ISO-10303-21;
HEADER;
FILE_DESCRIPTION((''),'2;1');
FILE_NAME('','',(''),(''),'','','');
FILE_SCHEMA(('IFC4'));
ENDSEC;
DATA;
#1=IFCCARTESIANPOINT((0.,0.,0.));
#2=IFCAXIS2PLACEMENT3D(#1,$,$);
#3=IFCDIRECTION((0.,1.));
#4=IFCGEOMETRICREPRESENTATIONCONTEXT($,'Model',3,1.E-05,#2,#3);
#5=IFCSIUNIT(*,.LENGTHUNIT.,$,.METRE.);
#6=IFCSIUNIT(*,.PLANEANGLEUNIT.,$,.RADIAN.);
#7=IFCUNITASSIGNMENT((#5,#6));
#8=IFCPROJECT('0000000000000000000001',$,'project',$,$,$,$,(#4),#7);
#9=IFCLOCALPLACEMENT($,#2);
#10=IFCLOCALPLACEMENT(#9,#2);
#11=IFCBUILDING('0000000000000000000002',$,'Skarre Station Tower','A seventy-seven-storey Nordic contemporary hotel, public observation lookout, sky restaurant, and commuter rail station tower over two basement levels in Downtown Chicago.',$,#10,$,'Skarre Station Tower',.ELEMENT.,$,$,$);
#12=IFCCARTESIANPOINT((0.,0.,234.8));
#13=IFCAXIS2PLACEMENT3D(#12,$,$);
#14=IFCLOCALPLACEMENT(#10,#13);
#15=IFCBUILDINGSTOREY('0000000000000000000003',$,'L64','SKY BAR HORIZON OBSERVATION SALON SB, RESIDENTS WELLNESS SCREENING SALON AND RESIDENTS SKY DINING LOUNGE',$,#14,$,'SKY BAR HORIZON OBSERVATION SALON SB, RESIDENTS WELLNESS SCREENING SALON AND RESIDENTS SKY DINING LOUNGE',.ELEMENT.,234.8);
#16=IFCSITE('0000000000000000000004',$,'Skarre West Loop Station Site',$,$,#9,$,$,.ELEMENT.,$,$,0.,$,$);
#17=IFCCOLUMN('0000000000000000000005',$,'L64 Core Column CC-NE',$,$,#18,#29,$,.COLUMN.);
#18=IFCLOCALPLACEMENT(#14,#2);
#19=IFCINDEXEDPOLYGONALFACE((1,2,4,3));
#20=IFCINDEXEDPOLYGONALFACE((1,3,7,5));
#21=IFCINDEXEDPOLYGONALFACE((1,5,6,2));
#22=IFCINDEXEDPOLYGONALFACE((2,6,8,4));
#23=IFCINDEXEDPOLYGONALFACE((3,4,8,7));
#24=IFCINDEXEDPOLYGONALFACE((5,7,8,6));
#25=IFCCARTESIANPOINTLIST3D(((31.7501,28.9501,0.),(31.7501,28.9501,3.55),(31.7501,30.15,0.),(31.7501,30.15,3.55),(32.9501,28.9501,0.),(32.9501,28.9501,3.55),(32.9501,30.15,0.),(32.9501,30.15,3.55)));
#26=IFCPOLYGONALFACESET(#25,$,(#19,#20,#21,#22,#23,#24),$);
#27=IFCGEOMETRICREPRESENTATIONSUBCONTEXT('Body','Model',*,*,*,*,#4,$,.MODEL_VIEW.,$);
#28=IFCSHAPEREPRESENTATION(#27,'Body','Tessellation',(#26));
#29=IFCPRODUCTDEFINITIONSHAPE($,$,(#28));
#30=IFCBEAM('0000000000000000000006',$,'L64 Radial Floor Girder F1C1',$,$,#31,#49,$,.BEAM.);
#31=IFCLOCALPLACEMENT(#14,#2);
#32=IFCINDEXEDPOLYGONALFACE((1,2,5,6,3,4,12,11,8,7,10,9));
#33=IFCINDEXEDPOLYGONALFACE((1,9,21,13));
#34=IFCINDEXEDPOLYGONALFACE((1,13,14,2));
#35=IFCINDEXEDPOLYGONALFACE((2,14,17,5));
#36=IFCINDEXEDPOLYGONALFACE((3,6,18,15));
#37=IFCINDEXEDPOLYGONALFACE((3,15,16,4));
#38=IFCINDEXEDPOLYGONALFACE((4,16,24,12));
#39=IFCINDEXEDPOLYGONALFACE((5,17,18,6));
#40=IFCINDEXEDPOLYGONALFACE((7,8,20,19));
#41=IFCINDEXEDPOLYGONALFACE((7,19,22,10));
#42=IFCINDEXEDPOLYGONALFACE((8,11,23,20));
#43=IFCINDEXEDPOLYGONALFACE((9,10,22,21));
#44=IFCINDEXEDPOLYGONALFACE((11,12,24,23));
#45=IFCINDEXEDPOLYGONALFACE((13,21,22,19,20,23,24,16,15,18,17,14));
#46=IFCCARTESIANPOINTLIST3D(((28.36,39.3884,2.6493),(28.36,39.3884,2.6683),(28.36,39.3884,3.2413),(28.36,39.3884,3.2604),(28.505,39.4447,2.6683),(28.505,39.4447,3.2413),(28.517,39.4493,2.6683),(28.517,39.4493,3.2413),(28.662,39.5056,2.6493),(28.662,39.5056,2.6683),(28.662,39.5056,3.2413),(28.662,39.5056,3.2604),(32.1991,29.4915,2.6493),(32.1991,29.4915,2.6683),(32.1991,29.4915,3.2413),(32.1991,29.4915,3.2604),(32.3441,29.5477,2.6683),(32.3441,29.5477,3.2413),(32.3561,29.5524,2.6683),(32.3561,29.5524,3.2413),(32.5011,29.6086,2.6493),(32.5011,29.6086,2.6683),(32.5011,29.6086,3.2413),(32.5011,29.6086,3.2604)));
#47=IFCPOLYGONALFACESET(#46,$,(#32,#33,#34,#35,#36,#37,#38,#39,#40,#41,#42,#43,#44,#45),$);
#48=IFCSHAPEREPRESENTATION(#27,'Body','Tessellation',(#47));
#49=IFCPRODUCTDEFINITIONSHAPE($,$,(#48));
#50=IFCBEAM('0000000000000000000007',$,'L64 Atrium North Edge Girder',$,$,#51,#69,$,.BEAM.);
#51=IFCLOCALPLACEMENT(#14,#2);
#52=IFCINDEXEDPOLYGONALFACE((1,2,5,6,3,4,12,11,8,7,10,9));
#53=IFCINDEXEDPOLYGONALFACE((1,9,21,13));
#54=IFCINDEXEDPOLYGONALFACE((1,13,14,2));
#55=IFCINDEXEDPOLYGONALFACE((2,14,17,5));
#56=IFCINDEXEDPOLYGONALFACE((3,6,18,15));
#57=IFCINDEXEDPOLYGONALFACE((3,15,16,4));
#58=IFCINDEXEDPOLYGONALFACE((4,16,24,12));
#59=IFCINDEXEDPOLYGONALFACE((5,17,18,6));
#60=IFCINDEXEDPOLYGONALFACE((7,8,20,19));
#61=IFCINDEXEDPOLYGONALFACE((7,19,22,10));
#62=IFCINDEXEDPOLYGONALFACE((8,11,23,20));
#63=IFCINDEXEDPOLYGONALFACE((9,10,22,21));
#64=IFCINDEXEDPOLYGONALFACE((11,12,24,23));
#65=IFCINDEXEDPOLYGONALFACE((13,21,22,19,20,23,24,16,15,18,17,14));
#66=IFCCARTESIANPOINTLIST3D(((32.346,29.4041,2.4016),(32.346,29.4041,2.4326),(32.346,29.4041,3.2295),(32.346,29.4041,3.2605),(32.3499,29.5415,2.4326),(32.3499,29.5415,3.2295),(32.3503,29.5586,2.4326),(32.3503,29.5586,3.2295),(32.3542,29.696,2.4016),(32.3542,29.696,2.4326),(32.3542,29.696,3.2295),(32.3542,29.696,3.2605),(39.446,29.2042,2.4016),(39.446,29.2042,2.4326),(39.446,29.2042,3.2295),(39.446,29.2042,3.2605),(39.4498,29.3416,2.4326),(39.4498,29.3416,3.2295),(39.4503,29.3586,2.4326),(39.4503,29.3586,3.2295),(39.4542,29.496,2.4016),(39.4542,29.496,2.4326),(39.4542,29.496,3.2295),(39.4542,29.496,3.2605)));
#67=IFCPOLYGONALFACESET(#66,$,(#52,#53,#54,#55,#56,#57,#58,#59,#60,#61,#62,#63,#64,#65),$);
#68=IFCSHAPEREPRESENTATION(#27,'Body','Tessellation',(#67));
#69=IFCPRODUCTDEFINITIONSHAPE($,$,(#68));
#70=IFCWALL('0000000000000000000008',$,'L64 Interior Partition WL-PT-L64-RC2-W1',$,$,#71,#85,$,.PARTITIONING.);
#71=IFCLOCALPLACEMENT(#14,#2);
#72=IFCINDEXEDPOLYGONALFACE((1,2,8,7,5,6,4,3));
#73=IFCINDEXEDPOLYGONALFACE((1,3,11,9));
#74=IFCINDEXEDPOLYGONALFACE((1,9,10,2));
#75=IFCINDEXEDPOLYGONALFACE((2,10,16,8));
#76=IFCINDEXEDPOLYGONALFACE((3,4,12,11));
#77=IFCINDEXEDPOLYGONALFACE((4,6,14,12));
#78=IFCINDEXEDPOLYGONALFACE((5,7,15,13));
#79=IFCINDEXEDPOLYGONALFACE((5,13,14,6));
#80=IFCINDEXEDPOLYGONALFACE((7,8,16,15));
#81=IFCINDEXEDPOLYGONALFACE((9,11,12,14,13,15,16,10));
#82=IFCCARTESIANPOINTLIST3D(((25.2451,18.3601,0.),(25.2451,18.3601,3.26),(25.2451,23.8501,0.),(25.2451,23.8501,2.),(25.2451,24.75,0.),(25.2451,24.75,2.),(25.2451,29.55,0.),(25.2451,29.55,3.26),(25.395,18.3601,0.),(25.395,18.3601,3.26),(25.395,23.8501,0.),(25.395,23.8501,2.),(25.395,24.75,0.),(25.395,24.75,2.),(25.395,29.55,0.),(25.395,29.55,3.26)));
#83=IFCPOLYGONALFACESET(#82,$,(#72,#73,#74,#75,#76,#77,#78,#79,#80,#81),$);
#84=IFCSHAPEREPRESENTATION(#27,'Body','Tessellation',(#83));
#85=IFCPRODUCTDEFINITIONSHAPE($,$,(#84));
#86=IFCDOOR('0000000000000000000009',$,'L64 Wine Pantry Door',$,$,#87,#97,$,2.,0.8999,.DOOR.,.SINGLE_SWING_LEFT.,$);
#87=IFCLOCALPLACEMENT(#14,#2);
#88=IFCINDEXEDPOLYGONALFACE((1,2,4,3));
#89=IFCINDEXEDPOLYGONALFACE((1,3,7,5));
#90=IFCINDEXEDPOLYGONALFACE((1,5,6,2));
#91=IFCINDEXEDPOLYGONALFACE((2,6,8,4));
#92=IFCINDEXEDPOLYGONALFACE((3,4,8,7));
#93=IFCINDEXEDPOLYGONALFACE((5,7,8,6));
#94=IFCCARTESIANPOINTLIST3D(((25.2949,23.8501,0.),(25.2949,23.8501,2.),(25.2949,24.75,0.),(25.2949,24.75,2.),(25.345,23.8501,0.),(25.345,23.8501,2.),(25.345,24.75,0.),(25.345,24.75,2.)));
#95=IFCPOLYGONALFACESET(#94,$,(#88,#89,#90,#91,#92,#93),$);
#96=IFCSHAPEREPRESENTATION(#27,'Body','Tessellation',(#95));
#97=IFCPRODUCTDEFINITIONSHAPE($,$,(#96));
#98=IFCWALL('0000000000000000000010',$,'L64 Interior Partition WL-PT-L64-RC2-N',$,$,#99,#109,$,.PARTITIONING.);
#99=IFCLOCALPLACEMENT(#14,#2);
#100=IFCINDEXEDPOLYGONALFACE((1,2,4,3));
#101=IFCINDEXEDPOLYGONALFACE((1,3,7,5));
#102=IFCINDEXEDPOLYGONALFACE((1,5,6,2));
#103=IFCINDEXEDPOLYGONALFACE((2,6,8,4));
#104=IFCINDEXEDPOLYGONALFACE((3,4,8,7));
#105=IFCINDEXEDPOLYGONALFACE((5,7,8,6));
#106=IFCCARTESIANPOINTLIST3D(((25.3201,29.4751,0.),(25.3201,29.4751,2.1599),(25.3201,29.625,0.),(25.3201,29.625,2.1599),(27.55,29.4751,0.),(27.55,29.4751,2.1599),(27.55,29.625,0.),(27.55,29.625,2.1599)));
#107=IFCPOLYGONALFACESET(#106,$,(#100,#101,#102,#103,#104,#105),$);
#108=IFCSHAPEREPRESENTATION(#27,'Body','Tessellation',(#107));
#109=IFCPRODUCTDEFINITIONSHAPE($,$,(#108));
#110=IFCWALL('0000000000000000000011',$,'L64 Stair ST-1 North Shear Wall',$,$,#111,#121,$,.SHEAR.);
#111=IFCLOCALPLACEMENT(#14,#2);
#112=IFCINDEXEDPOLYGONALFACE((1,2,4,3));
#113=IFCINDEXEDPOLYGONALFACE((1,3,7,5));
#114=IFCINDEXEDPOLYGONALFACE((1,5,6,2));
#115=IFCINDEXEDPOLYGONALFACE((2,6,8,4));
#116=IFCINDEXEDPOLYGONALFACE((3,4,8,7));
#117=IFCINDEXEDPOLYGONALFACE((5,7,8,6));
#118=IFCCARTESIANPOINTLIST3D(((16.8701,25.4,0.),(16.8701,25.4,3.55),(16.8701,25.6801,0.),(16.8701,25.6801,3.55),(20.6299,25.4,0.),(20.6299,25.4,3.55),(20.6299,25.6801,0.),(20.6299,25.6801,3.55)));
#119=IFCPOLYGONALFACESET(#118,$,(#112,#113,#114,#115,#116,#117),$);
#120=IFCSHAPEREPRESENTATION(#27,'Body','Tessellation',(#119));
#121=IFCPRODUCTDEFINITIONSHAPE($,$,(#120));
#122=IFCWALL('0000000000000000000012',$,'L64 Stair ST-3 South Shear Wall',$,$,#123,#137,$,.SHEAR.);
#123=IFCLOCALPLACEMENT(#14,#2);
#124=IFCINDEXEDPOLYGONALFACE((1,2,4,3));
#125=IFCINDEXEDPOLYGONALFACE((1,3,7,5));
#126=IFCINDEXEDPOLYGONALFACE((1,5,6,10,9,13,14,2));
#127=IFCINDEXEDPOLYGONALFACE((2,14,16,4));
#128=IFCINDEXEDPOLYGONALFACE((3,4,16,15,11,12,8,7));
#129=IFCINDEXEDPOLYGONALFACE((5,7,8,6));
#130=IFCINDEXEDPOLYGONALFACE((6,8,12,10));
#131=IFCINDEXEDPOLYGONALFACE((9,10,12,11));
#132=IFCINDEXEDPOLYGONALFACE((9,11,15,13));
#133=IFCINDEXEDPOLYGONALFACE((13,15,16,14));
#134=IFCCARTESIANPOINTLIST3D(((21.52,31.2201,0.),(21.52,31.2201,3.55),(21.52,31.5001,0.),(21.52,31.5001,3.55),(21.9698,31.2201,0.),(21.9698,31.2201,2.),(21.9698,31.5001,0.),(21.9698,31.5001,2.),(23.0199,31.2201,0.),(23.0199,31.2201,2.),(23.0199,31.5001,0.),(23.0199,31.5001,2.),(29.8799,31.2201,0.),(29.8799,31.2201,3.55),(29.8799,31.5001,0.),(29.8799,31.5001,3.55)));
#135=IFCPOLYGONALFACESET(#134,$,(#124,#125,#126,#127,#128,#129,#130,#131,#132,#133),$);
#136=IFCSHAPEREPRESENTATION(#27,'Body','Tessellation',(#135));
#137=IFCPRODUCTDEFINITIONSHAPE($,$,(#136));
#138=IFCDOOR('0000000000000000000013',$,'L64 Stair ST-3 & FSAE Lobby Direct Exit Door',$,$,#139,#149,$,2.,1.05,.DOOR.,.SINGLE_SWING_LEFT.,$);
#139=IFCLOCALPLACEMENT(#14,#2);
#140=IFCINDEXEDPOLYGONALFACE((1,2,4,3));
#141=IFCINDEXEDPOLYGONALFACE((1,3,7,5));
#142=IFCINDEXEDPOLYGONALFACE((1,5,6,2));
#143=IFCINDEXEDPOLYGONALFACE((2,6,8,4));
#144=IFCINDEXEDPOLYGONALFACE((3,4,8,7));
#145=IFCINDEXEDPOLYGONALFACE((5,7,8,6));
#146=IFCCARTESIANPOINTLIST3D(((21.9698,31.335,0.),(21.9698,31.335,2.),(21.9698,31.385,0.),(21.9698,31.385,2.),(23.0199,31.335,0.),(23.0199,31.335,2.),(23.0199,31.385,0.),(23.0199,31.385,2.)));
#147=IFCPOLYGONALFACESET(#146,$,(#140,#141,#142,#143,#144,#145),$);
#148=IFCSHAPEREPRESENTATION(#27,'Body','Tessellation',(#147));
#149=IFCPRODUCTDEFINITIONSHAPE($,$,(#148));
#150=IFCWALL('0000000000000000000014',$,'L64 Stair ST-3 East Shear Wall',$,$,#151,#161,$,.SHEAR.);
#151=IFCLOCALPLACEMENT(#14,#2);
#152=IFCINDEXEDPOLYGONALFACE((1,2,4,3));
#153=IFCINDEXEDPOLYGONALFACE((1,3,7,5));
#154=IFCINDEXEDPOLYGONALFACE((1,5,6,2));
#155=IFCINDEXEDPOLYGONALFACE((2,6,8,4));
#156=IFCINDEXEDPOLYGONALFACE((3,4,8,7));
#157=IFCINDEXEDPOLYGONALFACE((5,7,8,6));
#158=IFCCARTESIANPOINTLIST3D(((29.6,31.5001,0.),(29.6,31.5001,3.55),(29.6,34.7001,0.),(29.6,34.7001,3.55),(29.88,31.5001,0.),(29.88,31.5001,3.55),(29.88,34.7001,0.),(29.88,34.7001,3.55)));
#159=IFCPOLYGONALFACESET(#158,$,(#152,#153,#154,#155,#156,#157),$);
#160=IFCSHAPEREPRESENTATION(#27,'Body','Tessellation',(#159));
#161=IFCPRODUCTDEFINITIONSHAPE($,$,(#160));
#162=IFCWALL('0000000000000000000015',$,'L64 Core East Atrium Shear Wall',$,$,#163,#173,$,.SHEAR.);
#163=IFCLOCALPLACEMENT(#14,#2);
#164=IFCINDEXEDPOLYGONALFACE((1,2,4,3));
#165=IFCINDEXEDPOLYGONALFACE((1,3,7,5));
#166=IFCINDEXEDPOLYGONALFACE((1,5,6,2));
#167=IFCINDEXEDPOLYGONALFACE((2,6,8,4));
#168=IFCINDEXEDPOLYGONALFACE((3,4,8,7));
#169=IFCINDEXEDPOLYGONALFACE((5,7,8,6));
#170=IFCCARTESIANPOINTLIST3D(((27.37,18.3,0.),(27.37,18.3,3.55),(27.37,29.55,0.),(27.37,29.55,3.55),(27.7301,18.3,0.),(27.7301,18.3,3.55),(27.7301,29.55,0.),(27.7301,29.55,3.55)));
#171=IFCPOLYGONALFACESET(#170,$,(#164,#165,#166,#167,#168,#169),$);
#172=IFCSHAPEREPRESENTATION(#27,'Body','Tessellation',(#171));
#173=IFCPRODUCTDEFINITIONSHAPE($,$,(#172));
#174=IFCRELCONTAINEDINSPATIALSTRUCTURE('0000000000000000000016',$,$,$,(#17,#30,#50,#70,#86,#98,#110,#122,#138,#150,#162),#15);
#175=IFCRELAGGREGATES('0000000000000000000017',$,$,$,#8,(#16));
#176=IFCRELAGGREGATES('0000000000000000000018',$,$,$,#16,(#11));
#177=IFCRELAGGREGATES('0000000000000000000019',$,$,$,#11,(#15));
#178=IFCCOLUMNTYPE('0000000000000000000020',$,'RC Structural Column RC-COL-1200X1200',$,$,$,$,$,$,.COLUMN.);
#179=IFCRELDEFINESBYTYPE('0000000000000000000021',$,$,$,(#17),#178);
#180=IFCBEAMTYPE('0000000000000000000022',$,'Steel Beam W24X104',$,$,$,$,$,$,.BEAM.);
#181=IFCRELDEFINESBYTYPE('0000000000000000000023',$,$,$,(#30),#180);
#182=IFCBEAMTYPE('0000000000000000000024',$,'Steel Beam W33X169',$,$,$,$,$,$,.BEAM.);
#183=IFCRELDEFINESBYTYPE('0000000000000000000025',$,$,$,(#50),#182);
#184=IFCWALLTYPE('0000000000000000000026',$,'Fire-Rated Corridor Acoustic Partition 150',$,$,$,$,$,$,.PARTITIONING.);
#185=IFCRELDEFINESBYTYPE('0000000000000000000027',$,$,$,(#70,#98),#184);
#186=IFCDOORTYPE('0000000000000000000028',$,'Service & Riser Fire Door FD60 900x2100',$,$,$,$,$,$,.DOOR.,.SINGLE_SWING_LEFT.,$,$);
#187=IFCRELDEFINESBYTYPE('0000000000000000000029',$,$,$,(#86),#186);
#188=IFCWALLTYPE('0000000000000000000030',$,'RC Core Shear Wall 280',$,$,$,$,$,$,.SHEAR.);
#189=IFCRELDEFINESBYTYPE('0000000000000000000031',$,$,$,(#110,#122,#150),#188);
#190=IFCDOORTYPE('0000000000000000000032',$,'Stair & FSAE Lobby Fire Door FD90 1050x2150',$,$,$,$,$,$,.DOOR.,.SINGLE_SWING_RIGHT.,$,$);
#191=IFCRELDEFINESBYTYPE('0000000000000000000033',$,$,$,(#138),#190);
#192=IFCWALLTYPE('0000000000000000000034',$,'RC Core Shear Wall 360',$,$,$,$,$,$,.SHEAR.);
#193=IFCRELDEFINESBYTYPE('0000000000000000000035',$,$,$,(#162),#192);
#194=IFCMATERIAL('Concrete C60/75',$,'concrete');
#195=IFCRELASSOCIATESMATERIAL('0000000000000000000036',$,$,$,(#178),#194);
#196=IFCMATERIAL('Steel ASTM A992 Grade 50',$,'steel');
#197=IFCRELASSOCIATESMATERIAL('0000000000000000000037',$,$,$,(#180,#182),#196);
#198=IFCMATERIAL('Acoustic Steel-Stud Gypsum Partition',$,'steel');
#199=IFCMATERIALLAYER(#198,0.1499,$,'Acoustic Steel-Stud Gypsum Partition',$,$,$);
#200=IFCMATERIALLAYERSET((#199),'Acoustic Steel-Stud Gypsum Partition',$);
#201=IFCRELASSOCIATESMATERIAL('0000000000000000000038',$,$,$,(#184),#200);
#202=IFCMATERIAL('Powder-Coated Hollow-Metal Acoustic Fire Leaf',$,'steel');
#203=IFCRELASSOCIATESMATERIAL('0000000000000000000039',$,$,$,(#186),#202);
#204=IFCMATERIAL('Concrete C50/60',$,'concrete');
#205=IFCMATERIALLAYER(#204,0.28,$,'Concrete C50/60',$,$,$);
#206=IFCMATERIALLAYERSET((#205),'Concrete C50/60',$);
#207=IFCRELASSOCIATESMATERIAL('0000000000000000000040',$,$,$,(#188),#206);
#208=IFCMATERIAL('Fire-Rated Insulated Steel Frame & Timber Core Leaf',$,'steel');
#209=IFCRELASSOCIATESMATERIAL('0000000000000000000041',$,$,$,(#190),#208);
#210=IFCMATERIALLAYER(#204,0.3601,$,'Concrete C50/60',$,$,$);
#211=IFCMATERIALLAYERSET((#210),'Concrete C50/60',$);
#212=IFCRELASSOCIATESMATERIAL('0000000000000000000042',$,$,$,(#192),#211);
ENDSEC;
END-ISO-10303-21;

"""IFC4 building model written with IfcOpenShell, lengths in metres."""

from ifc_helpers import new_model, si_unit, direction, frame, frame_2d, origin, origin_2d, place, context, subcontext, project, spatial, rectangle, i_section, extrude, material, layer, layer_set, material_profile, profile_set, type_object, element, fill, save


model = new_model("IFC4")

# Units and contexts
model_context = context("Model", 3, precision=1e-05, world=origin(), true_north=direction((0.0, 1.0)))
body_context = subcontext(model_context, "Body", "Model", "MODEL_VIEW")
ifc_project = project(units=[si_unit("LENGTHUNIT", "METRE"), si_unit("PLANEANGLEUNIT", "RADIAN")], contexts=[model_context])

# Site, building, storey
site_placement = place(None, origin())
site = spatial("IfcSite", under=ifc_project, at=site_placement, Name="Skarre West Loop Station Site", CompositionType="ELEMENT", RefElevation=0.0)
building_placement = place(site_placement, origin())
building = spatial("IfcBuilding", under=site, at=building_placement, Name="Skarre Station Tower", Description="A seventy-seven-storey Nordic contemporary hotel, public observation lookout, sky restaurant, and commuter rail station tower over two basement levels in Downtown Chicago.", LongName="Skarre Station Tower", CompositionType="ELEMENT")
storey_placement = place(building_placement, frame((0.0, 0.0, 234.8)))
storey = spatial("IfcBuildingStorey", under=building, at=storey_placement, Name="L64", Description="SKY BAR HORIZON OBSERVATION SALON SB, RESIDENTS WELLNESS SCREENING SALON AND RESIDENTS SKY DINING LOUNGE", LongName="SKY BAR HORIZON OBSERVATION SALON SB, RESIDENTS WELLNESS SCREENING SALON AND RESIDENTS SKY DINING LOUNGE", CompositionType="ELEMENT", Elevation=234.8)

# Column
ifc_material_1 = material(Name="Concrete C60/75", Category="concrete")
ifc_material_profile_1 = material_profile(ifc_material_1, rectangle(XDim=1.2, YDim=1.2, at=origin_2d()), Name="Concrete C60/75")
ifc_profile_set_1 = profile_set([ifc_material_profile_1], Name="Concrete C60/75")
column_type = type_object("IfcColumnType", Name="RC Structural Column RC-COL-1200X1200", PredefinedType="COLUMN", material=ifc_profile_set_1)
column_placement = place(storey_placement, frame((32.3501, 29.55, 0.0), z_axis=(0.0, 0.0, 1.0), x_axis=(1.0, 0.0, 0.0)))
element("IfcColumn", 1, at=column_placement, inside=storey, type_object=column_type, Name="L64 Core Column CC-NE", PredefinedType="COLUMN", context=body_context, shape_type="SweptSolid", body=[
    extrude(rectangle(XDim=1.2, YDim=1.2, at=origin_2d()), origin(), (0.0, 0.0, 1.0), 3.55),
])

# Beams
ifc_material_2 = material(Name="Steel ASTM A992 Grade 50", Category="steel")
ifc_material_profile_2 = material_profile(ifc_material_2, i_section(OverallWidth=0.324, OverallDepth=0.6111, WebThickness=0.0129, FlangeThickness=0.019, at=origin_2d()), Name="Steel ASTM A992 Grade 50")
ifc_profile_set_2 = profile_set([ifc_material_profile_2], Name="Steel ASTM A992 Grade 50")
beam_type_1 = type_object("IfcBeamType", Name="Steel Beam W24X104", PredefinedType="BEAM", material=ifc_profile_set_2)
beam_1_placement = place(storey_placement, frame((32.3501, 29.55, 2.9548), z_axis=(-0.361651, 0.932313, 0.0), x_axis=(-0.932313, -0.361651, 0.0)))
element("IfcBeam", 2, at=beam_1_placement, inside=storey, type_object=beam_type_1, Name="L64 Radial Floor Girder F1C1", PredefinedType="BEAM", context=body_context, shape_type="SweptSolid", body=[
    extrude(i_section(OverallWidth=0.324, OverallDepth=0.6111, WebThickness=0.0129, FlangeThickness=0.019, at=origin_2d()), origin(), (0.0, 0.0, 1.0), 10.6155),
])
ifc_material_profile_3 = material_profile(ifc_material_2, i_section(OverallWidth=0.292, OverallDepth=0.8589, WebThickness=0.0171, FlangeThickness=0.031, at=origin_2d()), Name="Steel ASTM A992 Grade 50")
ifc_profile_set_3 = profile_set([ifc_material_profile_3], Name="Steel ASTM A992 Grade 50")
beam_type_2 = type_object("IfcBeamType", Name="Steel Beam W33X169", PredefinedType="BEAM", material=ifc_profile_set_3)
beam_2_placement = place(storey_placement, frame((32.3501, 29.55, 2.8311), z_axis=(0.999604, -0.028152, 0.0), x_axis=(0.028152, 0.999604, 0.0)))
element("IfcBeam", 3, at=beam_2_placement, inside=storey, type_object=beam_type_2, Name="L64 Atrium North Edge Girder", PredefinedType="BEAM", context=body_context, shape_type="SweptSolid", body=[
    extrude(i_section(OverallWidth=0.292, OverallDepth=0.8589, WebThickness=0.0171, FlangeThickness=0.031, at=origin_2d()), origin(), (0.0, 0.0, 1.0), 7.1028),
])

# Wall, opening, door
ifc_material_3 = material(Name="Acoustic Steel-Stud Gypsum Partition", Category="steel")
ifc_layer_1 = layer(ifc_material_3, 0.1499, Name="Acoustic Steel-Stud Gypsum Partition")
ifc_layer_set_1 = layer_set([ifc_layer_1], Name="Acoustic Steel-Stud Gypsum Partition")
wall_type_1 = type_object("IfcWallType", Name="Fire-Rated Corridor Acoustic Partition 150", PredefinedType="PARTITIONING", material=ifc_layer_set_1)
wall_1_placement = place(storey_placement, frame((25.3201, 29.55, 0.0), z_axis=(0.0, 0.0, 1.0), x_axis=(0.0, -1.0, 0.0)))
wall_1 = element("IfcWall", 4, at=wall_1_placement, inside=storey, type_object=wall_type_1, Name="L64 Interior Partition WL-PT-L64-RC2-W1", PredefinedType="PARTITIONING", context=body_context, shape_type="SweptSolid", body=[
    extrude(rectangle(XDim=11.1899, YDim=0.1499, at=frame_2d((5.595, 0.0))), origin(), (0.0, 0.0, 1.0), 3.26),
])
opening_1_placement = place(wall_1_placement, frame((4.8, 0.0, 0.0)))
opening_1 = element("IfcOpeningElement", 5, at=opening_1_placement, cuts=wall_1, PredefinedType="OPENING", context=body_context, shape_type="SweptSolid", body=[
    extrude(rectangle(XDim=0.8999, YDim=2.0, at=frame_2d((0.45, 1.0))), frame((0.0, 0.085, 0.0), z_axis=(0.0, -1.0, 0.0), x_axis=(1.0, 0.0, 0.0)), (0.0, 0.0, 1.0), 0.1699),
])
ifc_material_4 = material(Name="Powder-Coated Hollow-Metal Acoustic Fire Leaf", Category="steel")
door_type_1 = type_object("IfcDoorType", Name="Service & Riser Fire Door FD60 900x2100", OperationType="SINGLE_SWING_LEFT", PredefinedType="DOOR", material=ifc_material_4)
door_1_placement = place(opening_1_placement, origin())
door_1 = element("IfcDoor", 6, at=door_1_placement, inside=storey, type_object=door_type_1, Name="L64 Wine Pantry Door", OperationType="SINGLE_SWING_LEFT", OverallHeight=2.0, OverallWidth=0.8999, PredefinedType="DOOR", context=body_context, shape_type="SweptSolid", body=[
    extrude(rectangle(XDim=0.8999, YDim=2.0, at=frame_2d((0.45, 1.0))), frame((0.0, 0.0249, 0.0), z_axis=(0.0, -1.0, 0.0), x_axis=(1.0, 0.0, 0.0)), (0.0, 0.0, 1.0), 0.05),
])
fill(opening_1, door_1)

# Walls
wall_2_placement = place(storey_placement, frame((27.55, 29.55, 0.0), z_axis=(0.0, 0.0, 1.0), x_axis=(-1.0, 0.0, 0.0)))
element("IfcWall", 7, at=wall_2_placement, inside=storey, type_object=wall_type_1, Name="L64 Interior Partition WL-PT-L64-RC2-N", PredefinedType="PARTITIONING", context=body_context, shape_type="SweptSolid", body=[
    extrude(rectangle(XDim=2.23, YDim=0.1499, at=frame_2d((1.115, 0.0))), origin(), (0.0, 0.0, 1.0), 2.1599),
])
ifc_material_5 = material(Name="Concrete C50/60", Category="concrete")
ifc_layer_2 = layer(ifc_material_5, 0.28, Name="Concrete C50/60")
ifc_layer_set_2 = layer_set([ifc_layer_2], Name="Concrete C50/60")
wall_type_2 = type_object("IfcWallType", Name="RC Core Shear Wall 280", PredefinedType="SHEAR", material=ifc_layer_set_2)
wall_3_placement = place(storey_placement, frame((20.6299, 25.54, 0.0), z_axis=(0.0, 0.0, 1.0), x_axis=(-1.0, 0.0, 0.0)))
element("IfcWall", 8, at=wall_3_placement, inside=storey, type_object=wall_type_2, Name="L64 Stair ST-1 North Shear Wall", PredefinedType="SHEAR", context=body_context, shape_type="SweptSolid", body=[
    extrude(rectangle(XDim=3.7598, YDim=0.28, at=frame_2d((1.8799, 0.0))), origin(), (0.0, 0.0, 1.0), 3.55),
])

# Wall, opening, door
wall_4_placement = place(storey_placement, frame((21.52, 31.3601, 0.0), z_axis=(0.0, 0.0, 1.0), x_axis=(1.0, 0.0, 0.0)))
wall_4 = element("IfcWall", 9, at=wall_4_placement, inside=storey, type_object=wall_type_2, Name="L64 Stair ST-3 South Shear Wall", PredefinedType="SHEAR", context=body_context, shape_type="SweptSolid", body=[
    extrude(rectangle(XDim=8.3599, YDim=0.28, at=frame_2d((4.1799, 0.0))), origin(), (0.0, 0.0, 1.0), 3.55),
])
opening_2_placement = place(wall_4_placement, frame((0.45, 0.0, 0.0)))
opening_2 = element("IfcOpeningElement", 10, at=opening_2_placement, cuts=wall_4, PredefinedType="OPENING", context=body_context, shape_type="SweptSolid", body=[
    extrude(rectangle(XDim=1.05, YDim=2.0, at=frame_2d((0.5249, 1.0))), frame((0.0, 0.1499, 0.0), z_axis=(0.0, -1.0, 0.0), x_axis=(1.0, 0.0, 0.0)), (0.0, 0.0, 1.0), 0.3),
])
ifc_material_6 = material(Name="Fire-Rated Insulated Steel Frame & Timber Core Leaf", Category="steel")
door_type_2 = type_object("IfcDoorType", Name="Stair & FSAE Lobby Fire Door FD90 1050x2150", OperationType="SINGLE_SWING_RIGHT", PredefinedType="DOOR", material=ifc_material_6)
door_2_placement = place(opening_2_placement, origin())
door_2 = element("IfcDoor", 11, at=door_2_placement, inside=storey, type_object=door_type_2, Name="L64 Stair ST-3 & FSAE Lobby Direct Exit Door", OperationType="SINGLE_SWING_LEFT", OverallHeight=2.0, OverallWidth=1.05, PredefinedType="DOOR", context=body_context, shape_type="SweptSolid", body=[
    extrude(rectangle(XDim=1.05, YDim=2.0, at=frame_2d((0.5249, 1.0))), frame((0.0, 0.0249, 0.0), z_axis=(0.0, -1.0, 0.0), x_axis=(1.0, 0.0, 0.0)), (0.0, 0.0, 1.0), 0.05),
])
fill(opening_2, door_2)

# Walls
wall_5_placement = place(storey_placement, frame((29.74, 31.5, 0.0), z_axis=(0.0, 0.0, 1.0), x_axis=(0.0, 1.0, 0.0)))
element("IfcWall", 12, at=wall_5_placement, inside=storey, type_object=wall_type_2, Name="L64 Stair ST-3 East Shear Wall", PredefinedType="SHEAR", context=body_context, shape_type="SweptSolid", body=[
    extrude(rectangle(XDim=3.2, YDim=0.28, at=frame_2d((1.6001, 0.0))), origin(), (0.0, 0.0, 1.0), 3.55),
])
ifc_layer_3 = layer(ifc_material_5, 0.3601, Name="Concrete C50/60")
ifc_layer_set_3 = layer_set([ifc_layer_3], Name="Concrete C50/60")
wall_type_3 = type_object("IfcWallType", Name="RC Core Shear Wall 360", PredefinedType="SHEAR", material=ifc_layer_set_3)
wall_6_placement = place(storey_placement, frame((27.55, 29.55, 0.0), z_axis=(0.0, 0.0, 1.0), x_axis=(0.0, -1.0, 0.0)))
element("IfcWall", 13, at=wall_6_placement, inside=storey, type_object=wall_type_3, Name="L64 Core East Atrium Shear Wall", PredefinedType="SHEAR", context=body_context, shape_type="SweptSolid", body=[
    extrude(rectangle(XDim=11.25, YDim=0.3601, at=frame_2d((5.625, 0.0))), origin(), (0.0, 0.0, 1.0), 3.55),
])

save(model, "model.ifc")
